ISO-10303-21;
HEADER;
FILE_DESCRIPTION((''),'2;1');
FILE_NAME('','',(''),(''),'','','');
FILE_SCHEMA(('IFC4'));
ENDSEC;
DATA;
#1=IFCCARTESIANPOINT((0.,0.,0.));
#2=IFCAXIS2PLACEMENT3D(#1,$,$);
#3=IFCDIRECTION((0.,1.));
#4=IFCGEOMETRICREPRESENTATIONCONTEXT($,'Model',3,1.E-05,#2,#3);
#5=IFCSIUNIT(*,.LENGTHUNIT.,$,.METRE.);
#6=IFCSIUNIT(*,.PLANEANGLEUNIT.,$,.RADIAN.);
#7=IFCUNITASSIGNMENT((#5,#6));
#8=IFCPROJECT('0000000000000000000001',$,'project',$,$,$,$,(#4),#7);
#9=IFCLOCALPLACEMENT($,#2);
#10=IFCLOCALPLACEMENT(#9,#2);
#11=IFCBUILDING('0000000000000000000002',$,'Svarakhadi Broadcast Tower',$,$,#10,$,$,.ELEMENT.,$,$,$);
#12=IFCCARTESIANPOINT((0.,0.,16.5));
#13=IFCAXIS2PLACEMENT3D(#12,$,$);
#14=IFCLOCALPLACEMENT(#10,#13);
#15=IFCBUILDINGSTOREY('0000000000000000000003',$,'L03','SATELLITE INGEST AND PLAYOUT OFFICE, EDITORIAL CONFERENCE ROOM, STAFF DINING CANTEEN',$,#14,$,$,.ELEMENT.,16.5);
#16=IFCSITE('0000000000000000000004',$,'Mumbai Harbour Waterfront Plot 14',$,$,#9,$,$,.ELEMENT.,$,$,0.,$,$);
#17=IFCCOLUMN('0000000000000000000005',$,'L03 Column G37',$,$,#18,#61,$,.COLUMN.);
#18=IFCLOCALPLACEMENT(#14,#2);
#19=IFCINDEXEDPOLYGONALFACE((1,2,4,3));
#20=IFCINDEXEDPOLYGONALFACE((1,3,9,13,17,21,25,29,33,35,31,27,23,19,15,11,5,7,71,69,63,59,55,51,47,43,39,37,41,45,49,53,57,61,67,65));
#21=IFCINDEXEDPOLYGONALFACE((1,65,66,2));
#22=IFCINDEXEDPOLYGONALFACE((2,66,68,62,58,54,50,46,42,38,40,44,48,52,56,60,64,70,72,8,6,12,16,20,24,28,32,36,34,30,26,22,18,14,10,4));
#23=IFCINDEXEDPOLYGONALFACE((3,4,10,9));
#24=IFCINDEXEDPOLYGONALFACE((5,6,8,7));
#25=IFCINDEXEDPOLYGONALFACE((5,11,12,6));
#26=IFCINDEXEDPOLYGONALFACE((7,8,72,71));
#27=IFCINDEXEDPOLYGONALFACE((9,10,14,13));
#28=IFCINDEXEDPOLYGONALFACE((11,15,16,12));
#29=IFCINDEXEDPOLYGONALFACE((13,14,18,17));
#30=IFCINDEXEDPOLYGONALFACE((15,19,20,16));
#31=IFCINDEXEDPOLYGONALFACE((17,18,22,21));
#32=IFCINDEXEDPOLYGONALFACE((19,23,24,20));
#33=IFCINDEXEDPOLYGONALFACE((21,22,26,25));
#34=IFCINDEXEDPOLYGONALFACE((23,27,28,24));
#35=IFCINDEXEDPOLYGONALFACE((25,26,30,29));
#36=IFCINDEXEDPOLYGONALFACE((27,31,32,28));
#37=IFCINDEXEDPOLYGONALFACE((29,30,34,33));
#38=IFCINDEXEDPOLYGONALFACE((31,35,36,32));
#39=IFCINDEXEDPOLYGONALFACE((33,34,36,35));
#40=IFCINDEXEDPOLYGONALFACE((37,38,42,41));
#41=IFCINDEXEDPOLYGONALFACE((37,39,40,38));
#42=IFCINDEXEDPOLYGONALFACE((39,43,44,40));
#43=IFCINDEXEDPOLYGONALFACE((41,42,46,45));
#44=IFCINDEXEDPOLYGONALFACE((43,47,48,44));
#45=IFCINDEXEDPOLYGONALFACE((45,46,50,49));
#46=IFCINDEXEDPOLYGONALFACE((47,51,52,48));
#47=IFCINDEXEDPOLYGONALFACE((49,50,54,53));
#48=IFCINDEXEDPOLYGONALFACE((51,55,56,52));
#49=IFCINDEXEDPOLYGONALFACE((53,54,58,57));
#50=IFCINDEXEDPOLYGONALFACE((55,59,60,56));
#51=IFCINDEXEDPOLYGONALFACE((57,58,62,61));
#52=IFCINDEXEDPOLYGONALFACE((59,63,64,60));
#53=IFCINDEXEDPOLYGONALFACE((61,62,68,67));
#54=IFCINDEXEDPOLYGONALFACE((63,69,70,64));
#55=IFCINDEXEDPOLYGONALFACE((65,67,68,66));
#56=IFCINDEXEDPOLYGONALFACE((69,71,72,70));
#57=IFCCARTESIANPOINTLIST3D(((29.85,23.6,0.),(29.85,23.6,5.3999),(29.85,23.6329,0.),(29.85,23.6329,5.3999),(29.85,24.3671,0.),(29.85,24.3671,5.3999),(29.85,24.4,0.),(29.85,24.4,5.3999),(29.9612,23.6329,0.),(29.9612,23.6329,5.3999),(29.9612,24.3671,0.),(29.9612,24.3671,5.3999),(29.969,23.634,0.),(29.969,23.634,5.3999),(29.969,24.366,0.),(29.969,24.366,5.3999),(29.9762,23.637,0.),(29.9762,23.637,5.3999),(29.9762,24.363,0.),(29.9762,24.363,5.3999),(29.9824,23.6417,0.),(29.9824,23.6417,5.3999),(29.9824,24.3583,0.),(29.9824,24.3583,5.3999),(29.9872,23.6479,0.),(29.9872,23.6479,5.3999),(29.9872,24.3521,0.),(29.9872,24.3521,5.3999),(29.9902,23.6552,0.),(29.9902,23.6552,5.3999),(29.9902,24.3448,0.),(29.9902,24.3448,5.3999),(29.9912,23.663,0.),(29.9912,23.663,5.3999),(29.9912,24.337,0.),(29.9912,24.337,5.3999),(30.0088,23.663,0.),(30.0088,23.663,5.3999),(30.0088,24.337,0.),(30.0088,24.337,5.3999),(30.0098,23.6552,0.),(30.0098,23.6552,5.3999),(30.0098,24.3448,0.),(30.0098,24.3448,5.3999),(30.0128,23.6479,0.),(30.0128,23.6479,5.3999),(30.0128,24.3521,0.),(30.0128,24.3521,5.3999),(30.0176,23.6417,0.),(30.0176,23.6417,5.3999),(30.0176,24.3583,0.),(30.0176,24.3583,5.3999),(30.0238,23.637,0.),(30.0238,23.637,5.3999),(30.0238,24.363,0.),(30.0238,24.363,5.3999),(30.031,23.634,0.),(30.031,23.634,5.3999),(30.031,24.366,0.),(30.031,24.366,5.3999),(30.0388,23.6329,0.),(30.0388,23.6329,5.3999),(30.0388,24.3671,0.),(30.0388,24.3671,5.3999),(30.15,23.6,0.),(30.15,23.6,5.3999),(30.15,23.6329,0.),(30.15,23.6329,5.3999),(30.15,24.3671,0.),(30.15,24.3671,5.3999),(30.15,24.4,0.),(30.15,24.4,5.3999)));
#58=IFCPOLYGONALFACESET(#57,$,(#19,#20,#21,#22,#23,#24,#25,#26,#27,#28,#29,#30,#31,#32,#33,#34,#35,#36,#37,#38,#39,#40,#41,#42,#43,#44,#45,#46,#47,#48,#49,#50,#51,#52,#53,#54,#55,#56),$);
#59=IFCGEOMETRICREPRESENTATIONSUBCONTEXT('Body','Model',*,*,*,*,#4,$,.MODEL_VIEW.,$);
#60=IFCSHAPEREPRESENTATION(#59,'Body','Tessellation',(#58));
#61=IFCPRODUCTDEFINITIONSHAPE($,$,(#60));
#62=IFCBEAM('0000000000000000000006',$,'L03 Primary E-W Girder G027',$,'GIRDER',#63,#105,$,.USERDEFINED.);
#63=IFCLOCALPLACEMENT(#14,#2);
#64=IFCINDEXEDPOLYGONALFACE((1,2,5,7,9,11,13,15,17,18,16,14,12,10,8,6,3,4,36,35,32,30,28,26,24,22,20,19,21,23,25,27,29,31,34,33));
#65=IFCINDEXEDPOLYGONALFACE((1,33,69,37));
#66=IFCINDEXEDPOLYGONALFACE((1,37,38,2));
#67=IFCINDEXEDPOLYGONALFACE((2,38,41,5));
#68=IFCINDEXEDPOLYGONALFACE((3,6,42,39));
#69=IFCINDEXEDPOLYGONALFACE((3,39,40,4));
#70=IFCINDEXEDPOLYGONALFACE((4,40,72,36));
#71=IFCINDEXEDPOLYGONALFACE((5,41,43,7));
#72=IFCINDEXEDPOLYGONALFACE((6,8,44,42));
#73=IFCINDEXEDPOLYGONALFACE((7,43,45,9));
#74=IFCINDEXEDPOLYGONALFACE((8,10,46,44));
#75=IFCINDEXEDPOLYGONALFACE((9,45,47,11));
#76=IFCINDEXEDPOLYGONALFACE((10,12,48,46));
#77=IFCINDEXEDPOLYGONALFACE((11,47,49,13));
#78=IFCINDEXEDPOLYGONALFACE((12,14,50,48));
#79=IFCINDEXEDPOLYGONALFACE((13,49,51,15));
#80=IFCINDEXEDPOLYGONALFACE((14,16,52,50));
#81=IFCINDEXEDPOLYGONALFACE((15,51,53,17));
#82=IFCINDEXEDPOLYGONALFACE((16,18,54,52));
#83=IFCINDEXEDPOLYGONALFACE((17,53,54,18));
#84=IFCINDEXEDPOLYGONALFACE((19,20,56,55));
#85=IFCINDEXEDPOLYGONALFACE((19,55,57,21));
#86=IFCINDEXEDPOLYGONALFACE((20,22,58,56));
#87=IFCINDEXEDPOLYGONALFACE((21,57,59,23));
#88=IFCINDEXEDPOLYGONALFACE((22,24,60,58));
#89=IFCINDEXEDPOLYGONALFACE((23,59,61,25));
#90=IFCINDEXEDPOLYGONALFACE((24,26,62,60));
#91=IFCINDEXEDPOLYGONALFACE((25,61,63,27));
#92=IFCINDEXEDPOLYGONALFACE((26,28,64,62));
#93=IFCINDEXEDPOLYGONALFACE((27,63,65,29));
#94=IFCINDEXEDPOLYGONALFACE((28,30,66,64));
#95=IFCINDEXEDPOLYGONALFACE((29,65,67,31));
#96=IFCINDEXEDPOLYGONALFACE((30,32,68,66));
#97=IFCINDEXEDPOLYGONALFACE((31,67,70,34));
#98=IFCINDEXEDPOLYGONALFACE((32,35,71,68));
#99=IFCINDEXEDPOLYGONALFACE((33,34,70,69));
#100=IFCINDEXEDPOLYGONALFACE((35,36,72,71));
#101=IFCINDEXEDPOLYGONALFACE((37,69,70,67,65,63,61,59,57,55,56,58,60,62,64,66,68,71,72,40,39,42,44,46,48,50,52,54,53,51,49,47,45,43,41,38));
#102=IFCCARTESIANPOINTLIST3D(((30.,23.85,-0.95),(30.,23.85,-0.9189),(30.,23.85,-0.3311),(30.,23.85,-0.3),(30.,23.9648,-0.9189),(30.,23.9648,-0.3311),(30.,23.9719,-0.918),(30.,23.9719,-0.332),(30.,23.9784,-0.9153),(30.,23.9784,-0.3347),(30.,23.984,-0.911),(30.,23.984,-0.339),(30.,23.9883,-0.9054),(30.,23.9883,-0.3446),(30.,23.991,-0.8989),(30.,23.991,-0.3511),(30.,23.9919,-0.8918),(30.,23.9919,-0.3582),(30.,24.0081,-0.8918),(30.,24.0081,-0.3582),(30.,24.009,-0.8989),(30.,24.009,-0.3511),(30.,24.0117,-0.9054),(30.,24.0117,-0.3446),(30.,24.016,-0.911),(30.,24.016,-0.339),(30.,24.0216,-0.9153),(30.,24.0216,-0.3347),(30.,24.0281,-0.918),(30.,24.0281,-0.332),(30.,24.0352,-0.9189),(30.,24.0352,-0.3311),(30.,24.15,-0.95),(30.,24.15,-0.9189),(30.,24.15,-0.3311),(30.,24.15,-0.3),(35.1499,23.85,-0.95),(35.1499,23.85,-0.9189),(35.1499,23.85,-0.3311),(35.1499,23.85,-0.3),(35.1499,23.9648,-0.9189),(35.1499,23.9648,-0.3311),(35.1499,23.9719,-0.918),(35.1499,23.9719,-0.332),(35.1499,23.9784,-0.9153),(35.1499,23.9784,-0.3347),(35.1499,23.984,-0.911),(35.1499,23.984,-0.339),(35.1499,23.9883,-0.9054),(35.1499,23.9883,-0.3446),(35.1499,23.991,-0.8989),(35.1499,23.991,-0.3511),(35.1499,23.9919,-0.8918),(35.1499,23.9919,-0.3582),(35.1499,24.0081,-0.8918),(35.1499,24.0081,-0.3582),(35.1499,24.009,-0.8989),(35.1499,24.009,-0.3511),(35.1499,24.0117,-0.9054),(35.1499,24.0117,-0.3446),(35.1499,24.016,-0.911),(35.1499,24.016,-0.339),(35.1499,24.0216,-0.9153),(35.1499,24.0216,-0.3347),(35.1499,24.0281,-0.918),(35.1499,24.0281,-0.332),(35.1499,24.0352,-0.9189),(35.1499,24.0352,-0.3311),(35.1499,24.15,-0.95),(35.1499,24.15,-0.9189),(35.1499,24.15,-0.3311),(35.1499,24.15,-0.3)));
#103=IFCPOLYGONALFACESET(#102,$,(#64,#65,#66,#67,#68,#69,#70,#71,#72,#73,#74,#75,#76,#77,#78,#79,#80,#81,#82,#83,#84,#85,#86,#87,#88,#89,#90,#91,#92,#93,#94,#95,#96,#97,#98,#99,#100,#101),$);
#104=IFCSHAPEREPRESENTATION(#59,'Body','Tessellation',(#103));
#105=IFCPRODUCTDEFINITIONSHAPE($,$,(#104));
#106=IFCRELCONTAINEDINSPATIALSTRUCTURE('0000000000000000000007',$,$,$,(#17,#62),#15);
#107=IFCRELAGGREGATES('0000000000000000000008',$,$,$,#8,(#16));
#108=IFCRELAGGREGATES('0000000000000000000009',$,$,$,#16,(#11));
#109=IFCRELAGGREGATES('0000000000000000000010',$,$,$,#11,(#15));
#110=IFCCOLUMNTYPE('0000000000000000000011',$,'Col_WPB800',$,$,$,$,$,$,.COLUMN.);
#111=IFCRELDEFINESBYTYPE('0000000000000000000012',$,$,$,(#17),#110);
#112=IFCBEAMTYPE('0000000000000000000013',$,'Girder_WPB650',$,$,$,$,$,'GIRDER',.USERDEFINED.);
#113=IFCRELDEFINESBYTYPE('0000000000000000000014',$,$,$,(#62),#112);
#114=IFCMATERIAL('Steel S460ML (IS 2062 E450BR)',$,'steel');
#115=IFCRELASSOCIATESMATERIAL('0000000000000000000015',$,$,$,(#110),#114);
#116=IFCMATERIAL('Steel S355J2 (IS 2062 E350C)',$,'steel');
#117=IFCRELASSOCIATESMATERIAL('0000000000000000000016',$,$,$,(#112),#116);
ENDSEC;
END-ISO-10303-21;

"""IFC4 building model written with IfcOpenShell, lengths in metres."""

from ifc_helpers import new_model, si_unit, direction, frame, origin, origin_2d, place, context, subcontext, project, spatial, i_section, extrude, material, material_profile, profile_set, type_object, element, save


model = new_model("IFC4")

# Units and contexts
model_context = context("Model", 3, precision=1e-05, world=origin(), true_north=direction((0.0, 1.0)))
body_context = subcontext(model_context, "Body", "Model", "MODEL_VIEW")
ifc_project = project(units=[si_unit("LENGTHUNIT", "METRE"), si_unit("PLANEANGLEUNIT", "RADIAN")], contexts=[model_context])

# Site, building, storey
site_placement = place(None, origin())
site = spatial("IfcSite", under=ifc_project, at=site_placement, Name="Mumbai Harbour Waterfront Plot 14", CompositionType="ELEMENT", RefElevation=0.0)
building_placement = place(site_placement, origin())
building = spatial("IfcBuilding", under=site, at=building_placement, Name="Svarakhadi Broadcast Tower", CompositionType="ELEMENT")
storey_placement = place(building_placement, frame((0.0, 0.0, 16.5)))
storey = spatial("IfcBuildingStorey", under=building, at=storey_placement, Name="L03", Description="SATELLITE INGEST AND PLAYOUT OFFICE, EDITORIAL CONFERENCE ROOM, STAFF DINING CANTEEN", CompositionType="ELEMENT", Elevation=16.5)

# Column
ifc_material_1 = material(Name="Steel S460ML (IS 2062 E450BR)", Category="steel")
ifc_material_profile_1 = material_profile(ifc_material_1, i_section(OverallWidth=0.3, OverallDepth=0.8, WebThickness=0.0176, FlangeThickness=0.033, FilletRadius=0.03, at=origin_2d()), Name="WPB 800x300x262")
ifc_profile_set_1 = profile_set([ifc_material_profile_1], Name="Steel S460ML (IS 2062 E450BR)")
column_type = type_object("IfcColumnType", Name="Col_WPB800", PredefinedType="COLUMN", material=ifc_profile_set_1)
column_placement = place(storey_placement, frame((30.0, 24.0, 0.0), z_axis=(0.0, 0.0, 1.0), x_axis=(1.0, 0.0, 0.0)))
element("IfcColumn", 1, at=column_placement, inside=storey, type_object=column_type, Name="L03 Column G37", PredefinedType="COLUMN", context=body_context, shape_type="SweptSolid", body=[
    extrude(i_section(OverallWidth=0.3, OverallDepth=0.8, WebThickness=0.0176, FlangeThickness=0.033, FilletRadius=0.03, at=origin_2d()), origin(), (0.0, 0.0, 1.0), 5.3999),
])

# Beam
ifc_material_2 = material(Name="Steel S355J2 (IS 2062 E350C)", Category="steel")
ifc_material_profile_2 = material_profile(ifc_material_2, i_section(OverallWidth=0.3, OverallDepth=0.6499, WebThickness=0.0161, FlangeThickness=0.031, FilletRadius=0.0271, at=origin_2d()), Name="WPB 650x300x225")
ifc_profile_set_2 = profile_set([ifc_material_profile_2], Name="Steel S355J2 (IS 2062 E350C)")
beam_type = type_object("IfcBeamType", Name="Girder_WPB650", ElementType="GIRDER", PredefinedType="USERDEFINED", material=ifc_profile_set_2)
beam_placement = place(storey_placement, frame((30.0, 24.0, -0.625), z_axis=(1.0, 0.0, 0.0), x_axis=(0.0, 1.0, 0.0)))
element("IfcBeam", 2, at=beam_placement, inside=storey, type_object=beam_type, Name="L03 Primary E-W Girder G027", ObjectType="GIRDER", PredefinedType="USERDEFINED", context=body_context, shape_type="SweptSolid", body=[
    extrude(i_section(OverallWidth=0.3, OverallDepth=0.6499, WebThickness=0.0161, FlangeThickness=0.031, FilletRadius=0.0271, at=origin_2d()), origin(), (0.0, 0.0, 1.0), 5.1499),
])

save(model, "model.ifc")
